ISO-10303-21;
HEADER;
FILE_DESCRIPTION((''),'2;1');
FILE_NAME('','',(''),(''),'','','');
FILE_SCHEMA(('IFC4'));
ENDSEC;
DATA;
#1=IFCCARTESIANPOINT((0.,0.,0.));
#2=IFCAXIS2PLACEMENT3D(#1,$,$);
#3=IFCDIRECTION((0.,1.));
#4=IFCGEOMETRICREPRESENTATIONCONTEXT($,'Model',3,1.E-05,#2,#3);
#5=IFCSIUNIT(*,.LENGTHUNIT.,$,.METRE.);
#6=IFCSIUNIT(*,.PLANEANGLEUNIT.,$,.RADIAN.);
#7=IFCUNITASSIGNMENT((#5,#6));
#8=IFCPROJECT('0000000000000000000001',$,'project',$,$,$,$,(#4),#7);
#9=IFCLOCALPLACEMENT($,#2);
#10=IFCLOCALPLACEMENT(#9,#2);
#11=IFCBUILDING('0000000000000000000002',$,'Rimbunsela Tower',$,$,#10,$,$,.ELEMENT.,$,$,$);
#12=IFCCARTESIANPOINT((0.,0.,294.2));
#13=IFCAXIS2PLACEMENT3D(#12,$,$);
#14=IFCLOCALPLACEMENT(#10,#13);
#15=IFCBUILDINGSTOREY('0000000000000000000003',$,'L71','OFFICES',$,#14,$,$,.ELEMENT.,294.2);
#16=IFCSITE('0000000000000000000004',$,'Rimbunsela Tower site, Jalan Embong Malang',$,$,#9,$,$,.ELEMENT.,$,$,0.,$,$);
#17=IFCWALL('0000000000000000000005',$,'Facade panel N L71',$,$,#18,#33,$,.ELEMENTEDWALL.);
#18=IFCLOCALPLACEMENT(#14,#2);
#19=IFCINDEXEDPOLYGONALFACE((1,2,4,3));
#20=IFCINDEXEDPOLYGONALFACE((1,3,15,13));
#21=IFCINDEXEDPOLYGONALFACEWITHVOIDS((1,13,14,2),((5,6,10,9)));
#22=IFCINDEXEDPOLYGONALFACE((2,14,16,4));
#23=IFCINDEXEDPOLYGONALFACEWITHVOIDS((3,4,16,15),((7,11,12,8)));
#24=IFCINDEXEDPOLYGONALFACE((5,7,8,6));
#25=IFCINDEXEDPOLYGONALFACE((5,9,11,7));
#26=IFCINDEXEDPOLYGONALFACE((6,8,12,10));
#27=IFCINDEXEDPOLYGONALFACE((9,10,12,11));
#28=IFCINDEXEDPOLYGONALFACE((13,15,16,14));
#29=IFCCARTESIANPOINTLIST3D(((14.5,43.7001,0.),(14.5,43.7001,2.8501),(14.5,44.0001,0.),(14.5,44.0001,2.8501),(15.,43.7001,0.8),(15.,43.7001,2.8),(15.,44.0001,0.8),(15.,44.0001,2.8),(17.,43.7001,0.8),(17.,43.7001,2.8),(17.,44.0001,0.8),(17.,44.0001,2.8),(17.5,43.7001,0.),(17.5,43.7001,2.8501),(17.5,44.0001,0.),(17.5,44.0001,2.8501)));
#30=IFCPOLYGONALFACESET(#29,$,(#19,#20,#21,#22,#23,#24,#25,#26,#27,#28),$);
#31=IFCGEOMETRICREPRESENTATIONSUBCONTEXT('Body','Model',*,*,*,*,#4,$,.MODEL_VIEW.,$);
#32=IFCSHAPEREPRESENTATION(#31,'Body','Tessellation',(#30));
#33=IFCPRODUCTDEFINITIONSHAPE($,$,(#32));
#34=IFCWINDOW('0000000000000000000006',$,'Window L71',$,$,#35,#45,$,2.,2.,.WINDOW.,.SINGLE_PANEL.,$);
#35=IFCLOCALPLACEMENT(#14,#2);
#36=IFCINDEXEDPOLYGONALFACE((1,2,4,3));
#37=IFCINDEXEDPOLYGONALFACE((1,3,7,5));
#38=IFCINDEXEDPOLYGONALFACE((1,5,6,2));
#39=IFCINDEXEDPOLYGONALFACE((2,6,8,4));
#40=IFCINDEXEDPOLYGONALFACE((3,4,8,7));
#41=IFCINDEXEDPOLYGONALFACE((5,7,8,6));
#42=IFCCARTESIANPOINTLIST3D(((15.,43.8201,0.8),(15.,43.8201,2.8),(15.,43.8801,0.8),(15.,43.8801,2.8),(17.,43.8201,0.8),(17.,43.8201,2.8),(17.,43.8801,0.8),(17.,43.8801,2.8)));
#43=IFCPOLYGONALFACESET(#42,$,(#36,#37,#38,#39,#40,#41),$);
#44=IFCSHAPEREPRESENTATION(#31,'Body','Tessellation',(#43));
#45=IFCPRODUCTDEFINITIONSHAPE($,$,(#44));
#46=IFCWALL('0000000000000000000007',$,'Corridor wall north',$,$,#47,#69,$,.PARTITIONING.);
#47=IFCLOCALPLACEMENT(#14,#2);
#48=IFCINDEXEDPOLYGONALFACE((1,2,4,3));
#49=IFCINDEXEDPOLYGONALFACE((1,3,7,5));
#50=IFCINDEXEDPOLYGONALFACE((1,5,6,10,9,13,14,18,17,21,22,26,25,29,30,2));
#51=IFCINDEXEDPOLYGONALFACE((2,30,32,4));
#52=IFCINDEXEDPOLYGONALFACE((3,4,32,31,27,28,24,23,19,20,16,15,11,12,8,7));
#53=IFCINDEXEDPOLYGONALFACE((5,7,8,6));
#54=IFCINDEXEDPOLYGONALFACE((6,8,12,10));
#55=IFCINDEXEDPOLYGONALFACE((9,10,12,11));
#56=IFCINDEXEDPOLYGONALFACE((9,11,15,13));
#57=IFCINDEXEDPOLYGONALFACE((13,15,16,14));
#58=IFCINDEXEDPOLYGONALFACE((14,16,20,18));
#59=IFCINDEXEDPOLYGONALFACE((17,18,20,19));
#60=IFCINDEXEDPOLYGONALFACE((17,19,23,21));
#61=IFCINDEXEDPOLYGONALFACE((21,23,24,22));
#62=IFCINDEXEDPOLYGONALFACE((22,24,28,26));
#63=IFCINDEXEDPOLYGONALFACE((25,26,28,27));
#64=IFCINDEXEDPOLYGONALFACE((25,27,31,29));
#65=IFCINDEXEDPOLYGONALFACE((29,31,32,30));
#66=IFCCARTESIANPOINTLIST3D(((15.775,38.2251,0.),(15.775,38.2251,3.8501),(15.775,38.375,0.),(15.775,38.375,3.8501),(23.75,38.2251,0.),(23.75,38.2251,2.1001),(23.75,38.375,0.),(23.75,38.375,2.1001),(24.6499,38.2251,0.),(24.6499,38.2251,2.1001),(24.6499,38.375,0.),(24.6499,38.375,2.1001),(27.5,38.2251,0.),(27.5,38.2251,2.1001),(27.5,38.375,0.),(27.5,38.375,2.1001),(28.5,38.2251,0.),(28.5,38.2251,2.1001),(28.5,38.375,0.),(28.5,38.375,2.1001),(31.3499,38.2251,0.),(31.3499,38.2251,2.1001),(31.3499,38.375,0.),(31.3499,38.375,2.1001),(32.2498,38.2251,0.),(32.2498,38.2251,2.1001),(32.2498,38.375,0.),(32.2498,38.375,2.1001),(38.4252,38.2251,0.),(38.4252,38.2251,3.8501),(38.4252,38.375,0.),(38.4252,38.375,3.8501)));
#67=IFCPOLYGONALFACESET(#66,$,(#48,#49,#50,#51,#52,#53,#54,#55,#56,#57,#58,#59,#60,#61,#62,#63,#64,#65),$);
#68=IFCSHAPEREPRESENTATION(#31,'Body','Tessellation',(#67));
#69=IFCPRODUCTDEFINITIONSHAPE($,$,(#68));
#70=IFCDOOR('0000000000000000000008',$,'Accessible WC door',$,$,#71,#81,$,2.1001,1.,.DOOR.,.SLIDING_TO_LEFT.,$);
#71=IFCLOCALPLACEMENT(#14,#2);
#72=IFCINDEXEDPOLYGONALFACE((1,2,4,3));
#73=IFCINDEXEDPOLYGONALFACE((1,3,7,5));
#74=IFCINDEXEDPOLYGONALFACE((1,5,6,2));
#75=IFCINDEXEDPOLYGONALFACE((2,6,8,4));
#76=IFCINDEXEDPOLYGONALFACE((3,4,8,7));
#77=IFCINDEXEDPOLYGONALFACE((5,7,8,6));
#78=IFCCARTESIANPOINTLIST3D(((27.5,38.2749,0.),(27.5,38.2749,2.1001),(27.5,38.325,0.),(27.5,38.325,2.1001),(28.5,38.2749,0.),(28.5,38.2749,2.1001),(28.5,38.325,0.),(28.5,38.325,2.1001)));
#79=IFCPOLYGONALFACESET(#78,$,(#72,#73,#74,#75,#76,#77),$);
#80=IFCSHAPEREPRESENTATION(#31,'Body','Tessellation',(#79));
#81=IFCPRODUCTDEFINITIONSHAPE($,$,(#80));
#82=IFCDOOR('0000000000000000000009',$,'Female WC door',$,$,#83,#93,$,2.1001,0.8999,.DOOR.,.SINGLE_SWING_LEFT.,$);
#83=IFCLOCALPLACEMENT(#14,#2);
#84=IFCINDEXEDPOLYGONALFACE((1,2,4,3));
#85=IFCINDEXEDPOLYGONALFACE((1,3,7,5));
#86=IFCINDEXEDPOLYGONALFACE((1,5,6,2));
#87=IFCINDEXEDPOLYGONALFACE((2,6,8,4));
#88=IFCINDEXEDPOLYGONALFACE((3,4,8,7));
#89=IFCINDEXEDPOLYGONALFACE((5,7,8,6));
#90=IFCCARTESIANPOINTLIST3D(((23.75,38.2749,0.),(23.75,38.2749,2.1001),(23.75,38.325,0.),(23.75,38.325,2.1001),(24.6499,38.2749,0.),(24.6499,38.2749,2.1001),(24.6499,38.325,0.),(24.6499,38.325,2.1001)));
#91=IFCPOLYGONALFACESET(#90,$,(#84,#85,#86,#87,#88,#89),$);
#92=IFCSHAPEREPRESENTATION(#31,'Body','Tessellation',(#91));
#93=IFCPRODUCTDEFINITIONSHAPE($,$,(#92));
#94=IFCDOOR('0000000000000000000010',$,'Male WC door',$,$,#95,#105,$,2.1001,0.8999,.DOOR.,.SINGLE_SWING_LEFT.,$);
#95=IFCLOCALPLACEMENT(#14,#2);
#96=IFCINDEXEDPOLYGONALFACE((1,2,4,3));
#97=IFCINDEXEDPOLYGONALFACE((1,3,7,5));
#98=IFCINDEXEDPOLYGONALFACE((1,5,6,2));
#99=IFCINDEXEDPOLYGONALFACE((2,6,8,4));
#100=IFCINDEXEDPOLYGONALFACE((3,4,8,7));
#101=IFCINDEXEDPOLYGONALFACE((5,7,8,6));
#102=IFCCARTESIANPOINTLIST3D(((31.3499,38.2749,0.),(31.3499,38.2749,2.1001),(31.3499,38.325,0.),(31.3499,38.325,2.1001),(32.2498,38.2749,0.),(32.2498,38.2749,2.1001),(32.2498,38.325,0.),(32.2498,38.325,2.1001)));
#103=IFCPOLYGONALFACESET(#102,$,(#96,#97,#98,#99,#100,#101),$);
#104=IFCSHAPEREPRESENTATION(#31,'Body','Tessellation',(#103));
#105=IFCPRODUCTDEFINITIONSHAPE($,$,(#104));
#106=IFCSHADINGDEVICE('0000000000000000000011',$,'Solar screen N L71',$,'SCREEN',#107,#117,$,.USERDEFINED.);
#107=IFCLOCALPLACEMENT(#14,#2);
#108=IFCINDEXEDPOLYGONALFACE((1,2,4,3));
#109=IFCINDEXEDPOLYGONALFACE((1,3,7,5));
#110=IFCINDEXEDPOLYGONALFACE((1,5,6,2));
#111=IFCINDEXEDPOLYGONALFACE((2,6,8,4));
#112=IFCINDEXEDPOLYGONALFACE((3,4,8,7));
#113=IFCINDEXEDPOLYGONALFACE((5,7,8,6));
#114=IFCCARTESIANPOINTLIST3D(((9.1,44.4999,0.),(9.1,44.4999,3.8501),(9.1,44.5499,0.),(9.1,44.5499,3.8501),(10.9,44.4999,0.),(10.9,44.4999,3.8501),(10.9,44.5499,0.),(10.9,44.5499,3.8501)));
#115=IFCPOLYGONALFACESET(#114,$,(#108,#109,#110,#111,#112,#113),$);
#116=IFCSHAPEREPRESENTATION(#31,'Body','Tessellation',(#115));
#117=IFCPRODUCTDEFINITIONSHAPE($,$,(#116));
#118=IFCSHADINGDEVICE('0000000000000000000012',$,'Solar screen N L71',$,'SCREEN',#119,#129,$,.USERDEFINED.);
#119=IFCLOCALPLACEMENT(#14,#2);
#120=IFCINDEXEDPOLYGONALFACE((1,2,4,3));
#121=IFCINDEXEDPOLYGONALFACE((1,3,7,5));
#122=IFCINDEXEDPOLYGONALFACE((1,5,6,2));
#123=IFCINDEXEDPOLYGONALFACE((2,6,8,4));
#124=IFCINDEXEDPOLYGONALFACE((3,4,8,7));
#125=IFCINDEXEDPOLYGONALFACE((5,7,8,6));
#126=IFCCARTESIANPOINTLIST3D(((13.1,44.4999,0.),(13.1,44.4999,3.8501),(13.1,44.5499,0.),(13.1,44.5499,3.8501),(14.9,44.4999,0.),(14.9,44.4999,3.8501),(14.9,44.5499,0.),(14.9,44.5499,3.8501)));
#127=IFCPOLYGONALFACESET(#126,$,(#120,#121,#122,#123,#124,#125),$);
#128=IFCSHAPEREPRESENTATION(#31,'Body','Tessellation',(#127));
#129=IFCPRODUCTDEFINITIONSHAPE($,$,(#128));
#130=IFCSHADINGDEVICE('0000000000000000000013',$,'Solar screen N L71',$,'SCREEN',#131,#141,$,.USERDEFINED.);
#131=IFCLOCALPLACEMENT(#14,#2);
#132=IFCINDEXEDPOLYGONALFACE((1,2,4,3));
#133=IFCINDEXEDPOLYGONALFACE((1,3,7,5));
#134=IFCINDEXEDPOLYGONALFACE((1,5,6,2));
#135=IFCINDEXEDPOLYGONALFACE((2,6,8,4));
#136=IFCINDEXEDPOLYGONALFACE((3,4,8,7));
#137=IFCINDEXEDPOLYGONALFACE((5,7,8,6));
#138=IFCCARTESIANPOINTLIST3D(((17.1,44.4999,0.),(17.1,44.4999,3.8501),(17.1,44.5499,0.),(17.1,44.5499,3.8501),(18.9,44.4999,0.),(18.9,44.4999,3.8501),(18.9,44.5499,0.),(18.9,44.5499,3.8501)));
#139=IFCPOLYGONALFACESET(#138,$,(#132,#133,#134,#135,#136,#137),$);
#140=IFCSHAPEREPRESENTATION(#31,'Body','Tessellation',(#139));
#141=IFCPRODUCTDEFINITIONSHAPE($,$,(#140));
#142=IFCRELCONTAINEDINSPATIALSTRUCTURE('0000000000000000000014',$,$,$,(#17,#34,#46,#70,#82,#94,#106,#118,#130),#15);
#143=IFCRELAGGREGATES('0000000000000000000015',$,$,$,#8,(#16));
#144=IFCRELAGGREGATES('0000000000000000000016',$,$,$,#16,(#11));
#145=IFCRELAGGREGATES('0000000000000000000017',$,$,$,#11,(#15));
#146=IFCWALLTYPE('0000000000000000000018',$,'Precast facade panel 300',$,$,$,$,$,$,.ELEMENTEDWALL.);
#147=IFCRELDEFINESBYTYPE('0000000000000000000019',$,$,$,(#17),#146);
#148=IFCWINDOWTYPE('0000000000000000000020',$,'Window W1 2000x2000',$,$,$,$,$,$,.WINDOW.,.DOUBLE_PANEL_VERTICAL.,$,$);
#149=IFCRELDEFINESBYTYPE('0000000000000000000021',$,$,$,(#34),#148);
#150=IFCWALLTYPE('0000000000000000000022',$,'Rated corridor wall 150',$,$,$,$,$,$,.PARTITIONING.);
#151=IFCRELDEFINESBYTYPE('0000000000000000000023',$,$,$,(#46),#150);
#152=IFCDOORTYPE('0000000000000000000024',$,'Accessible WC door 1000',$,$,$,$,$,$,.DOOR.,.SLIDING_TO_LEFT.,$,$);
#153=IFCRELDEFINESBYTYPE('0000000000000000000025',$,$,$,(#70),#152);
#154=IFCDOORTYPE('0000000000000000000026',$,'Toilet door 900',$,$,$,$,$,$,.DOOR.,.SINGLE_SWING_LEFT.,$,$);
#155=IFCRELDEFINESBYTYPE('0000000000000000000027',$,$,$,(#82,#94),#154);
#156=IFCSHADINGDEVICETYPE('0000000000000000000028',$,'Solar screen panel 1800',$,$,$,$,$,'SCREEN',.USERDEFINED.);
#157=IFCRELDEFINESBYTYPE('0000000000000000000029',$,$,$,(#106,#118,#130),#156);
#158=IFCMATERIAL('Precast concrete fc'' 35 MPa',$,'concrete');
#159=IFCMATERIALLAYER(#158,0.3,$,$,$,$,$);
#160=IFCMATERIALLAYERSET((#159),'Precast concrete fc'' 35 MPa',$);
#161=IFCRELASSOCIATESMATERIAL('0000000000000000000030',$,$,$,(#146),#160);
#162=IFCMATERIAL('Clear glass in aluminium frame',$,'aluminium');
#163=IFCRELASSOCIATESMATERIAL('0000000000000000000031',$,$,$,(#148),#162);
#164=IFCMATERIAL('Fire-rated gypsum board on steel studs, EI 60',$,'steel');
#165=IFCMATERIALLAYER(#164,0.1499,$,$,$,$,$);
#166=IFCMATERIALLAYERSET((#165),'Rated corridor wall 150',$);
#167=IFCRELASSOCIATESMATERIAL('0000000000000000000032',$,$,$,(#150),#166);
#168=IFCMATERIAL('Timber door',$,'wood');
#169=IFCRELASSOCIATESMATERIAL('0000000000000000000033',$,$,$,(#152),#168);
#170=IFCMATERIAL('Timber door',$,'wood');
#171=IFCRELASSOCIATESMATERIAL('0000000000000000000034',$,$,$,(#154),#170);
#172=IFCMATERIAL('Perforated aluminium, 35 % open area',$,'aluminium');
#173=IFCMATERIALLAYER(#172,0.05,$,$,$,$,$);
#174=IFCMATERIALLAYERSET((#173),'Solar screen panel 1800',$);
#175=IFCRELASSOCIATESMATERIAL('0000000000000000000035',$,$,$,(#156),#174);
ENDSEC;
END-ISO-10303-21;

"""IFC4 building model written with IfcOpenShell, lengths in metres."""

from ifc_helpers import new_model, si_unit, direction, frame, frame_2d, origin, origin_2d, place, context, subcontext, project, spatial, rectangle, extrude, material, layer, layer_set, type_object, element, fill, save


model = new_model("IFC4")

# Units and contexts
model_context = context("Model", 3, precision=1e-05, world=origin(), true_north=direction((0.0, 1.0)))
body_context = subcontext(model_context, "Body", "Model", "MODEL_VIEW")
ifc_project = project(units=[si_unit("LENGTHUNIT", "METRE"), si_unit("PLANEANGLEUNIT", "RADIAN")], contexts=[model_context])

# Site, building, storey
site_placement = place(None, origin())
site = spatial("IfcSite", under=ifc_project, at=site_placement, Name="Rimbunsela Tower site, Jalan Embong Malang", CompositionType="ELEMENT", RefElevation=0.0)
building_placement = place(site_placement, origin())
building = spatial("IfcBuilding", under=site, at=building_placement, Name="Rimbunsela Tower", CompositionType="ELEMENT")
storey_placement = place(building_placement, frame((0.0, 0.0, 294.2)))
storey = spatial("IfcBuildingStorey", under=building, at=storey_placement, Name="L71", Description="OFFICES", CompositionType="ELEMENT", Elevation=294.2)

# Wall, opening, window
ifc_material_1 = material(Name="Precast concrete fc' 35 MPa", Category="concrete")
ifc_layer_1 = layer(ifc_material_1, 0.3)
ifc_layer_set_1 = layer_set([ifc_layer_1], Name="Precast concrete fc' 35 MPa")
wall_type_1 = type_object("IfcWallType", Name="Precast facade panel 300", PredefinedType="ELEMENTEDWALL", material=ifc_layer_set_1)
ifc_material_2 = material(Name="Clear glass in aluminium frame", Category="aluminium")
window_type = type_object("IfcWindowType", Name="Window W1 2000x2000", PartitioningType="DOUBLE_PANEL_VERTICAL", PredefinedType="WINDOW", material=ifc_material_2)
wall_1_placement = place(storey_placement, frame((17.5, 43.8501, 0.0), z_axis=(0.0, 0.0, 1.0), x_axis=(-1.0, 0.0, 0.0)))
wall_1 = element("IfcWall", 1, at=wall_1_placement, inside=storey, type_object=wall_type_1, Name="Facade panel N L71", PredefinedType="ELEMENTEDWALL", context=body_context, shape_type="SweptSolid", body=[
    extrude(rectangle(XDim=3.0, YDim=0.3, at=frame_2d((1.5, 0.0))), origin(), (0.0, 0.0, 1.0), 2.8501),
])
opening_1_placement = place(wall_1_placement, frame((0.5, 0.0, 0.8)))
opening_1 = element("IfcOpeningElement", 2, at=opening_1_placement, cuts=wall_1, PredefinedType="OPENING", context=body_context, shape_type="SweptSolid", body=[
    extrude(rectangle(XDim=2.0, YDim=2.0, at=frame_2d((1.0, 1.0))), frame((0.0, 0.1599, 0.0), z_axis=(0.0, -1.0, 0.0), x_axis=(1.0, 0.0, 0.0)), (0.0, 0.0, 1.0), 0.3201),
])
window_1_placement = place(opening_1_placement, origin())
window_1 = element("IfcWindow", 3, at=window_1_placement, inside=storey, type_object=window_type, Name="Window L71", OverallHeight=2.0, OverallWidth=2.0, PartitioningType="SINGLE_PANEL", PredefinedType="WINDOW", context=body_context, shape_type="SweptSolid", body=[
    extrude(rectangle(XDim=2.0, YDim=2.0, at=frame_2d((1.0, 1.0))), frame((0.0, 0.03, 0.0), z_axis=(0.0, -1.0, 0.0), x_axis=(1.0, 0.0, 0.0)), (0.0, 0.0, 1.0), 0.0601),
])
fill(opening_1, window_1)

# Wall, openings, doors
ifc_material_3 = material(Name="Fire-rated gypsum board on steel studs, EI 60", Category="steel")
ifc_layer_2 = layer(ifc_material_3, 0.1499)
ifc_layer_set_2 = layer_set([ifc_layer_2], Name="Rated corridor wall 150")
wall_type_2 = type_object("IfcWallType", Name="Rated corridor wall 150", PredefinedType="PARTITIONING", material=ifc_layer_set_2)
wall_2_placement = place(storey_placement, frame((15.7749, 38.3, 0.0), z_axis=(0.0, 0.0, 1.0), x_axis=(1.0, 0.0, 0.0)))
wall_2 = element("IfcWall", 4, at=wall_2_placement, inside=storey, type_object=wall_type_2, Name="Corridor wall north", PredefinedType="PARTITIONING", context=body_context, shape_type="SweptSolid", body=[
    extrude(rectangle(XDim=22.6501, YDim=0.1499, at=frame_2d((11.3252, 0.0))), origin(), (0.0, 0.0, 1.0), 3.8501),
])
opening_2_placement = place(wall_2_placement, frame((7.9751, 0.0, 0.0)))
opening_2 = element("IfcOpeningElement", 5, at=opening_2_placement, cuts=wall_2, PredefinedType="OPENING", context=body_context, shape_type="SweptSolid", body=[
    extrude(rectangle(XDim=0.8999, YDim=2.1001, at=frame_2d((0.45, 1.05))), frame((0.0, 0.085, 0.0), z_axis=(0.0, -1.0, 0.0), x_axis=(1.0, 0.0, 0.0)), (0.0, 0.0, 1.0), 0.1699),
])
opening_3_placement = place(wall_2_placement, frame((11.7251, 0.0, 0.0)))
opening_3 = element("IfcOpeningElement", 6, at=opening_3_placement, cuts=wall_2, PredefinedType="OPENING", context=body_context, shape_type="SweptSolid", body=[
    extrude(rectangle(XDim=1.0, YDim=2.1001, at=frame_2d((0.5, 1.05))), frame((0.0, 0.085, 0.0), z_axis=(0.0, -1.0, 0.0), x_axis=(1.0, 0.0, 0.0)), (0.0, 0.0, 1.0), 0.1699),
])
opening_4_placement = place(wall_2_placement, frame((15.575, 0.0, 0.0)))
opening_4 = element("IfcOpeningElement", 7, at=opening_4_placement, cuts=wall_2, PredefinedType="OPENING", context=body_context, shape_type="SweptSolid", body=[
    extrude(rectangle(XDim=0.8999, YDim=2.1001, at=frame_2d((0.45, 1.05))), frame((0.0, 0.085, 0.0), z_axis=(0.0, -1.0, 0.0), x_axis=(1.0, 0.0, 0.0)), (0.0, 0.0, 1.0), 0.1699),
])
ifc_material_4 = material(Name="Timber door", Category="wood")
door_type_1 = type_object("IfcDoorType", Name="Accessible WC door 1000", OperationType="SLIDING_TO_LEFT", PredefinedType="DOOR", material=ifc_material_4)
door_1_placement = place(opening_3_placement, origin())
door_1 = element("IfcDoor", 8, at=door_1_placement, inside=storey, type_object=door_type_1, Name="Accessible WC door", OperationType="SLIDING_TO_LEFT", OverallHeight=2.1001, OverallWidth=1.0, PredefinedType="DOOR", context=body_context, shape_type="SweptSolid", body=[
    extrude(rectangle(XDim=1.0, YDim=2.1001, at=frame_2d((0.5, 1.05))), frame((0.0, 0.0249, 0.0), z_axis=(0.0, -1.0, 0.0), x_axis=(1.0, 0.0, 0.0)), (0.0, 0.0, 1.0), 0.05),
])
fill(opening_3, door_1)
ifc_material_5 = material(Name="Timber door", Category="wood")
door_type_2 = type_object("IfcDoorType", Name="Toilet door 900", OperationType="SINGLE_SWING_LEFT", PredefinedType="DOOR", material=ifc_material_5)
door_2_placement = place(opening_2_placement, origin())
door_2 = element("IfcDoor", 9, at=door_2_placement, inside=storey, type_object=door_type_2, Name="Female WC door", OperationType="SINGLE_SWING_LEFT", OverallHeight=2.1001, OverallWidth=0.8999, PredefinedType="DOOR", context=body_context, shape_type="SweptSolid", body=[
    extrude(rectangle(XDim=0.8999, YDim=2.1001, at=frame_2d((0.45, 1.05))), frame((0.0, 0.0249, 0.0), z_axis=(0.0, -1.0, 0.0), x_axis=(1.0, 0.0, 0.0)), (0.0, 0.0, 1.0), 0.05),
])
fill(opening_2, door_2)
door_3_placement = place(opening_4_placement, origin())
door_3 = element("IfcDoor", 10, at=door_3_placement, inside=storey, type_object=door_type_2, Name="Male WC door", OperationType="SINGLE_SWING_LEFT", OverallHeight=2.1001, OverallWidth=0.8999, PredefinedType="DOOR", context=body_context, shape_type="SweptSolid", body=[
    extrude(rectangle(XDim=0.8999, YDim=2.1001, at=frame_2d((0.45, 1.05))), frame((0.0, 0.0249, 0.0), z_axis=(0.0, -1.0, 0.0), x_axis=(1.0, 0.0, 0.0)), (0.0, 0.0, 1.0), 0.05),
])
fill(opening_4, door_3)

# Shading devices
ifc_material_6 = material(Name="Perforated aluminium, 35 % open area", Category="aluminium")
ifc_layer_3 = layer(ifc_material_6, 0.05)
ifc_layer_set_3 = layer_set([ifc_layer_3], Name="Solar screen panel 1800")
shading_device_type = type_object("IfcShadingDeviceType", Name="Solar screen panel 1800", ElementType="SCREEN", PredefinedType="USERDEFINED", material=ifc_layer_set_3)
for number, where, z_axis, x_axis, name in (
    (11, (10.0, 44.5249, 0.0), (0.0, 0.0, 1.0), (1.0, 0.0, 0.0), "Solar screen N L71"),
    (12, (14.0, 44.5249, 0.0), (0.0, 0.0, 1.0), (1.0, 0.0, 0.0), "Solar screen N L71"),
    (13, (18.0, 44.5249, 0.0), (0.0, 0.0, 1.0), (1.0, 0.0, 0.0), "Solar screen N L71"),
):
    element("IfcShadingDevice", number, at=place(storey_placement, frame(where, z_axis=z_axis, x_axis=x_axis)), inside=storey, type_object=shading_device_type, Name=name, ObjectType="SCREEN", PredefinedType="USERDEFINED", context=body_context, shape_type="SweptSolid", body=[
        extrude(rectangle(XDim=1.8, YDim=0.05, at=origin_2d()), origin(), (0.0, 0.0, 1.0), 3.8501),
    ])

save(model, "model.ifc")
